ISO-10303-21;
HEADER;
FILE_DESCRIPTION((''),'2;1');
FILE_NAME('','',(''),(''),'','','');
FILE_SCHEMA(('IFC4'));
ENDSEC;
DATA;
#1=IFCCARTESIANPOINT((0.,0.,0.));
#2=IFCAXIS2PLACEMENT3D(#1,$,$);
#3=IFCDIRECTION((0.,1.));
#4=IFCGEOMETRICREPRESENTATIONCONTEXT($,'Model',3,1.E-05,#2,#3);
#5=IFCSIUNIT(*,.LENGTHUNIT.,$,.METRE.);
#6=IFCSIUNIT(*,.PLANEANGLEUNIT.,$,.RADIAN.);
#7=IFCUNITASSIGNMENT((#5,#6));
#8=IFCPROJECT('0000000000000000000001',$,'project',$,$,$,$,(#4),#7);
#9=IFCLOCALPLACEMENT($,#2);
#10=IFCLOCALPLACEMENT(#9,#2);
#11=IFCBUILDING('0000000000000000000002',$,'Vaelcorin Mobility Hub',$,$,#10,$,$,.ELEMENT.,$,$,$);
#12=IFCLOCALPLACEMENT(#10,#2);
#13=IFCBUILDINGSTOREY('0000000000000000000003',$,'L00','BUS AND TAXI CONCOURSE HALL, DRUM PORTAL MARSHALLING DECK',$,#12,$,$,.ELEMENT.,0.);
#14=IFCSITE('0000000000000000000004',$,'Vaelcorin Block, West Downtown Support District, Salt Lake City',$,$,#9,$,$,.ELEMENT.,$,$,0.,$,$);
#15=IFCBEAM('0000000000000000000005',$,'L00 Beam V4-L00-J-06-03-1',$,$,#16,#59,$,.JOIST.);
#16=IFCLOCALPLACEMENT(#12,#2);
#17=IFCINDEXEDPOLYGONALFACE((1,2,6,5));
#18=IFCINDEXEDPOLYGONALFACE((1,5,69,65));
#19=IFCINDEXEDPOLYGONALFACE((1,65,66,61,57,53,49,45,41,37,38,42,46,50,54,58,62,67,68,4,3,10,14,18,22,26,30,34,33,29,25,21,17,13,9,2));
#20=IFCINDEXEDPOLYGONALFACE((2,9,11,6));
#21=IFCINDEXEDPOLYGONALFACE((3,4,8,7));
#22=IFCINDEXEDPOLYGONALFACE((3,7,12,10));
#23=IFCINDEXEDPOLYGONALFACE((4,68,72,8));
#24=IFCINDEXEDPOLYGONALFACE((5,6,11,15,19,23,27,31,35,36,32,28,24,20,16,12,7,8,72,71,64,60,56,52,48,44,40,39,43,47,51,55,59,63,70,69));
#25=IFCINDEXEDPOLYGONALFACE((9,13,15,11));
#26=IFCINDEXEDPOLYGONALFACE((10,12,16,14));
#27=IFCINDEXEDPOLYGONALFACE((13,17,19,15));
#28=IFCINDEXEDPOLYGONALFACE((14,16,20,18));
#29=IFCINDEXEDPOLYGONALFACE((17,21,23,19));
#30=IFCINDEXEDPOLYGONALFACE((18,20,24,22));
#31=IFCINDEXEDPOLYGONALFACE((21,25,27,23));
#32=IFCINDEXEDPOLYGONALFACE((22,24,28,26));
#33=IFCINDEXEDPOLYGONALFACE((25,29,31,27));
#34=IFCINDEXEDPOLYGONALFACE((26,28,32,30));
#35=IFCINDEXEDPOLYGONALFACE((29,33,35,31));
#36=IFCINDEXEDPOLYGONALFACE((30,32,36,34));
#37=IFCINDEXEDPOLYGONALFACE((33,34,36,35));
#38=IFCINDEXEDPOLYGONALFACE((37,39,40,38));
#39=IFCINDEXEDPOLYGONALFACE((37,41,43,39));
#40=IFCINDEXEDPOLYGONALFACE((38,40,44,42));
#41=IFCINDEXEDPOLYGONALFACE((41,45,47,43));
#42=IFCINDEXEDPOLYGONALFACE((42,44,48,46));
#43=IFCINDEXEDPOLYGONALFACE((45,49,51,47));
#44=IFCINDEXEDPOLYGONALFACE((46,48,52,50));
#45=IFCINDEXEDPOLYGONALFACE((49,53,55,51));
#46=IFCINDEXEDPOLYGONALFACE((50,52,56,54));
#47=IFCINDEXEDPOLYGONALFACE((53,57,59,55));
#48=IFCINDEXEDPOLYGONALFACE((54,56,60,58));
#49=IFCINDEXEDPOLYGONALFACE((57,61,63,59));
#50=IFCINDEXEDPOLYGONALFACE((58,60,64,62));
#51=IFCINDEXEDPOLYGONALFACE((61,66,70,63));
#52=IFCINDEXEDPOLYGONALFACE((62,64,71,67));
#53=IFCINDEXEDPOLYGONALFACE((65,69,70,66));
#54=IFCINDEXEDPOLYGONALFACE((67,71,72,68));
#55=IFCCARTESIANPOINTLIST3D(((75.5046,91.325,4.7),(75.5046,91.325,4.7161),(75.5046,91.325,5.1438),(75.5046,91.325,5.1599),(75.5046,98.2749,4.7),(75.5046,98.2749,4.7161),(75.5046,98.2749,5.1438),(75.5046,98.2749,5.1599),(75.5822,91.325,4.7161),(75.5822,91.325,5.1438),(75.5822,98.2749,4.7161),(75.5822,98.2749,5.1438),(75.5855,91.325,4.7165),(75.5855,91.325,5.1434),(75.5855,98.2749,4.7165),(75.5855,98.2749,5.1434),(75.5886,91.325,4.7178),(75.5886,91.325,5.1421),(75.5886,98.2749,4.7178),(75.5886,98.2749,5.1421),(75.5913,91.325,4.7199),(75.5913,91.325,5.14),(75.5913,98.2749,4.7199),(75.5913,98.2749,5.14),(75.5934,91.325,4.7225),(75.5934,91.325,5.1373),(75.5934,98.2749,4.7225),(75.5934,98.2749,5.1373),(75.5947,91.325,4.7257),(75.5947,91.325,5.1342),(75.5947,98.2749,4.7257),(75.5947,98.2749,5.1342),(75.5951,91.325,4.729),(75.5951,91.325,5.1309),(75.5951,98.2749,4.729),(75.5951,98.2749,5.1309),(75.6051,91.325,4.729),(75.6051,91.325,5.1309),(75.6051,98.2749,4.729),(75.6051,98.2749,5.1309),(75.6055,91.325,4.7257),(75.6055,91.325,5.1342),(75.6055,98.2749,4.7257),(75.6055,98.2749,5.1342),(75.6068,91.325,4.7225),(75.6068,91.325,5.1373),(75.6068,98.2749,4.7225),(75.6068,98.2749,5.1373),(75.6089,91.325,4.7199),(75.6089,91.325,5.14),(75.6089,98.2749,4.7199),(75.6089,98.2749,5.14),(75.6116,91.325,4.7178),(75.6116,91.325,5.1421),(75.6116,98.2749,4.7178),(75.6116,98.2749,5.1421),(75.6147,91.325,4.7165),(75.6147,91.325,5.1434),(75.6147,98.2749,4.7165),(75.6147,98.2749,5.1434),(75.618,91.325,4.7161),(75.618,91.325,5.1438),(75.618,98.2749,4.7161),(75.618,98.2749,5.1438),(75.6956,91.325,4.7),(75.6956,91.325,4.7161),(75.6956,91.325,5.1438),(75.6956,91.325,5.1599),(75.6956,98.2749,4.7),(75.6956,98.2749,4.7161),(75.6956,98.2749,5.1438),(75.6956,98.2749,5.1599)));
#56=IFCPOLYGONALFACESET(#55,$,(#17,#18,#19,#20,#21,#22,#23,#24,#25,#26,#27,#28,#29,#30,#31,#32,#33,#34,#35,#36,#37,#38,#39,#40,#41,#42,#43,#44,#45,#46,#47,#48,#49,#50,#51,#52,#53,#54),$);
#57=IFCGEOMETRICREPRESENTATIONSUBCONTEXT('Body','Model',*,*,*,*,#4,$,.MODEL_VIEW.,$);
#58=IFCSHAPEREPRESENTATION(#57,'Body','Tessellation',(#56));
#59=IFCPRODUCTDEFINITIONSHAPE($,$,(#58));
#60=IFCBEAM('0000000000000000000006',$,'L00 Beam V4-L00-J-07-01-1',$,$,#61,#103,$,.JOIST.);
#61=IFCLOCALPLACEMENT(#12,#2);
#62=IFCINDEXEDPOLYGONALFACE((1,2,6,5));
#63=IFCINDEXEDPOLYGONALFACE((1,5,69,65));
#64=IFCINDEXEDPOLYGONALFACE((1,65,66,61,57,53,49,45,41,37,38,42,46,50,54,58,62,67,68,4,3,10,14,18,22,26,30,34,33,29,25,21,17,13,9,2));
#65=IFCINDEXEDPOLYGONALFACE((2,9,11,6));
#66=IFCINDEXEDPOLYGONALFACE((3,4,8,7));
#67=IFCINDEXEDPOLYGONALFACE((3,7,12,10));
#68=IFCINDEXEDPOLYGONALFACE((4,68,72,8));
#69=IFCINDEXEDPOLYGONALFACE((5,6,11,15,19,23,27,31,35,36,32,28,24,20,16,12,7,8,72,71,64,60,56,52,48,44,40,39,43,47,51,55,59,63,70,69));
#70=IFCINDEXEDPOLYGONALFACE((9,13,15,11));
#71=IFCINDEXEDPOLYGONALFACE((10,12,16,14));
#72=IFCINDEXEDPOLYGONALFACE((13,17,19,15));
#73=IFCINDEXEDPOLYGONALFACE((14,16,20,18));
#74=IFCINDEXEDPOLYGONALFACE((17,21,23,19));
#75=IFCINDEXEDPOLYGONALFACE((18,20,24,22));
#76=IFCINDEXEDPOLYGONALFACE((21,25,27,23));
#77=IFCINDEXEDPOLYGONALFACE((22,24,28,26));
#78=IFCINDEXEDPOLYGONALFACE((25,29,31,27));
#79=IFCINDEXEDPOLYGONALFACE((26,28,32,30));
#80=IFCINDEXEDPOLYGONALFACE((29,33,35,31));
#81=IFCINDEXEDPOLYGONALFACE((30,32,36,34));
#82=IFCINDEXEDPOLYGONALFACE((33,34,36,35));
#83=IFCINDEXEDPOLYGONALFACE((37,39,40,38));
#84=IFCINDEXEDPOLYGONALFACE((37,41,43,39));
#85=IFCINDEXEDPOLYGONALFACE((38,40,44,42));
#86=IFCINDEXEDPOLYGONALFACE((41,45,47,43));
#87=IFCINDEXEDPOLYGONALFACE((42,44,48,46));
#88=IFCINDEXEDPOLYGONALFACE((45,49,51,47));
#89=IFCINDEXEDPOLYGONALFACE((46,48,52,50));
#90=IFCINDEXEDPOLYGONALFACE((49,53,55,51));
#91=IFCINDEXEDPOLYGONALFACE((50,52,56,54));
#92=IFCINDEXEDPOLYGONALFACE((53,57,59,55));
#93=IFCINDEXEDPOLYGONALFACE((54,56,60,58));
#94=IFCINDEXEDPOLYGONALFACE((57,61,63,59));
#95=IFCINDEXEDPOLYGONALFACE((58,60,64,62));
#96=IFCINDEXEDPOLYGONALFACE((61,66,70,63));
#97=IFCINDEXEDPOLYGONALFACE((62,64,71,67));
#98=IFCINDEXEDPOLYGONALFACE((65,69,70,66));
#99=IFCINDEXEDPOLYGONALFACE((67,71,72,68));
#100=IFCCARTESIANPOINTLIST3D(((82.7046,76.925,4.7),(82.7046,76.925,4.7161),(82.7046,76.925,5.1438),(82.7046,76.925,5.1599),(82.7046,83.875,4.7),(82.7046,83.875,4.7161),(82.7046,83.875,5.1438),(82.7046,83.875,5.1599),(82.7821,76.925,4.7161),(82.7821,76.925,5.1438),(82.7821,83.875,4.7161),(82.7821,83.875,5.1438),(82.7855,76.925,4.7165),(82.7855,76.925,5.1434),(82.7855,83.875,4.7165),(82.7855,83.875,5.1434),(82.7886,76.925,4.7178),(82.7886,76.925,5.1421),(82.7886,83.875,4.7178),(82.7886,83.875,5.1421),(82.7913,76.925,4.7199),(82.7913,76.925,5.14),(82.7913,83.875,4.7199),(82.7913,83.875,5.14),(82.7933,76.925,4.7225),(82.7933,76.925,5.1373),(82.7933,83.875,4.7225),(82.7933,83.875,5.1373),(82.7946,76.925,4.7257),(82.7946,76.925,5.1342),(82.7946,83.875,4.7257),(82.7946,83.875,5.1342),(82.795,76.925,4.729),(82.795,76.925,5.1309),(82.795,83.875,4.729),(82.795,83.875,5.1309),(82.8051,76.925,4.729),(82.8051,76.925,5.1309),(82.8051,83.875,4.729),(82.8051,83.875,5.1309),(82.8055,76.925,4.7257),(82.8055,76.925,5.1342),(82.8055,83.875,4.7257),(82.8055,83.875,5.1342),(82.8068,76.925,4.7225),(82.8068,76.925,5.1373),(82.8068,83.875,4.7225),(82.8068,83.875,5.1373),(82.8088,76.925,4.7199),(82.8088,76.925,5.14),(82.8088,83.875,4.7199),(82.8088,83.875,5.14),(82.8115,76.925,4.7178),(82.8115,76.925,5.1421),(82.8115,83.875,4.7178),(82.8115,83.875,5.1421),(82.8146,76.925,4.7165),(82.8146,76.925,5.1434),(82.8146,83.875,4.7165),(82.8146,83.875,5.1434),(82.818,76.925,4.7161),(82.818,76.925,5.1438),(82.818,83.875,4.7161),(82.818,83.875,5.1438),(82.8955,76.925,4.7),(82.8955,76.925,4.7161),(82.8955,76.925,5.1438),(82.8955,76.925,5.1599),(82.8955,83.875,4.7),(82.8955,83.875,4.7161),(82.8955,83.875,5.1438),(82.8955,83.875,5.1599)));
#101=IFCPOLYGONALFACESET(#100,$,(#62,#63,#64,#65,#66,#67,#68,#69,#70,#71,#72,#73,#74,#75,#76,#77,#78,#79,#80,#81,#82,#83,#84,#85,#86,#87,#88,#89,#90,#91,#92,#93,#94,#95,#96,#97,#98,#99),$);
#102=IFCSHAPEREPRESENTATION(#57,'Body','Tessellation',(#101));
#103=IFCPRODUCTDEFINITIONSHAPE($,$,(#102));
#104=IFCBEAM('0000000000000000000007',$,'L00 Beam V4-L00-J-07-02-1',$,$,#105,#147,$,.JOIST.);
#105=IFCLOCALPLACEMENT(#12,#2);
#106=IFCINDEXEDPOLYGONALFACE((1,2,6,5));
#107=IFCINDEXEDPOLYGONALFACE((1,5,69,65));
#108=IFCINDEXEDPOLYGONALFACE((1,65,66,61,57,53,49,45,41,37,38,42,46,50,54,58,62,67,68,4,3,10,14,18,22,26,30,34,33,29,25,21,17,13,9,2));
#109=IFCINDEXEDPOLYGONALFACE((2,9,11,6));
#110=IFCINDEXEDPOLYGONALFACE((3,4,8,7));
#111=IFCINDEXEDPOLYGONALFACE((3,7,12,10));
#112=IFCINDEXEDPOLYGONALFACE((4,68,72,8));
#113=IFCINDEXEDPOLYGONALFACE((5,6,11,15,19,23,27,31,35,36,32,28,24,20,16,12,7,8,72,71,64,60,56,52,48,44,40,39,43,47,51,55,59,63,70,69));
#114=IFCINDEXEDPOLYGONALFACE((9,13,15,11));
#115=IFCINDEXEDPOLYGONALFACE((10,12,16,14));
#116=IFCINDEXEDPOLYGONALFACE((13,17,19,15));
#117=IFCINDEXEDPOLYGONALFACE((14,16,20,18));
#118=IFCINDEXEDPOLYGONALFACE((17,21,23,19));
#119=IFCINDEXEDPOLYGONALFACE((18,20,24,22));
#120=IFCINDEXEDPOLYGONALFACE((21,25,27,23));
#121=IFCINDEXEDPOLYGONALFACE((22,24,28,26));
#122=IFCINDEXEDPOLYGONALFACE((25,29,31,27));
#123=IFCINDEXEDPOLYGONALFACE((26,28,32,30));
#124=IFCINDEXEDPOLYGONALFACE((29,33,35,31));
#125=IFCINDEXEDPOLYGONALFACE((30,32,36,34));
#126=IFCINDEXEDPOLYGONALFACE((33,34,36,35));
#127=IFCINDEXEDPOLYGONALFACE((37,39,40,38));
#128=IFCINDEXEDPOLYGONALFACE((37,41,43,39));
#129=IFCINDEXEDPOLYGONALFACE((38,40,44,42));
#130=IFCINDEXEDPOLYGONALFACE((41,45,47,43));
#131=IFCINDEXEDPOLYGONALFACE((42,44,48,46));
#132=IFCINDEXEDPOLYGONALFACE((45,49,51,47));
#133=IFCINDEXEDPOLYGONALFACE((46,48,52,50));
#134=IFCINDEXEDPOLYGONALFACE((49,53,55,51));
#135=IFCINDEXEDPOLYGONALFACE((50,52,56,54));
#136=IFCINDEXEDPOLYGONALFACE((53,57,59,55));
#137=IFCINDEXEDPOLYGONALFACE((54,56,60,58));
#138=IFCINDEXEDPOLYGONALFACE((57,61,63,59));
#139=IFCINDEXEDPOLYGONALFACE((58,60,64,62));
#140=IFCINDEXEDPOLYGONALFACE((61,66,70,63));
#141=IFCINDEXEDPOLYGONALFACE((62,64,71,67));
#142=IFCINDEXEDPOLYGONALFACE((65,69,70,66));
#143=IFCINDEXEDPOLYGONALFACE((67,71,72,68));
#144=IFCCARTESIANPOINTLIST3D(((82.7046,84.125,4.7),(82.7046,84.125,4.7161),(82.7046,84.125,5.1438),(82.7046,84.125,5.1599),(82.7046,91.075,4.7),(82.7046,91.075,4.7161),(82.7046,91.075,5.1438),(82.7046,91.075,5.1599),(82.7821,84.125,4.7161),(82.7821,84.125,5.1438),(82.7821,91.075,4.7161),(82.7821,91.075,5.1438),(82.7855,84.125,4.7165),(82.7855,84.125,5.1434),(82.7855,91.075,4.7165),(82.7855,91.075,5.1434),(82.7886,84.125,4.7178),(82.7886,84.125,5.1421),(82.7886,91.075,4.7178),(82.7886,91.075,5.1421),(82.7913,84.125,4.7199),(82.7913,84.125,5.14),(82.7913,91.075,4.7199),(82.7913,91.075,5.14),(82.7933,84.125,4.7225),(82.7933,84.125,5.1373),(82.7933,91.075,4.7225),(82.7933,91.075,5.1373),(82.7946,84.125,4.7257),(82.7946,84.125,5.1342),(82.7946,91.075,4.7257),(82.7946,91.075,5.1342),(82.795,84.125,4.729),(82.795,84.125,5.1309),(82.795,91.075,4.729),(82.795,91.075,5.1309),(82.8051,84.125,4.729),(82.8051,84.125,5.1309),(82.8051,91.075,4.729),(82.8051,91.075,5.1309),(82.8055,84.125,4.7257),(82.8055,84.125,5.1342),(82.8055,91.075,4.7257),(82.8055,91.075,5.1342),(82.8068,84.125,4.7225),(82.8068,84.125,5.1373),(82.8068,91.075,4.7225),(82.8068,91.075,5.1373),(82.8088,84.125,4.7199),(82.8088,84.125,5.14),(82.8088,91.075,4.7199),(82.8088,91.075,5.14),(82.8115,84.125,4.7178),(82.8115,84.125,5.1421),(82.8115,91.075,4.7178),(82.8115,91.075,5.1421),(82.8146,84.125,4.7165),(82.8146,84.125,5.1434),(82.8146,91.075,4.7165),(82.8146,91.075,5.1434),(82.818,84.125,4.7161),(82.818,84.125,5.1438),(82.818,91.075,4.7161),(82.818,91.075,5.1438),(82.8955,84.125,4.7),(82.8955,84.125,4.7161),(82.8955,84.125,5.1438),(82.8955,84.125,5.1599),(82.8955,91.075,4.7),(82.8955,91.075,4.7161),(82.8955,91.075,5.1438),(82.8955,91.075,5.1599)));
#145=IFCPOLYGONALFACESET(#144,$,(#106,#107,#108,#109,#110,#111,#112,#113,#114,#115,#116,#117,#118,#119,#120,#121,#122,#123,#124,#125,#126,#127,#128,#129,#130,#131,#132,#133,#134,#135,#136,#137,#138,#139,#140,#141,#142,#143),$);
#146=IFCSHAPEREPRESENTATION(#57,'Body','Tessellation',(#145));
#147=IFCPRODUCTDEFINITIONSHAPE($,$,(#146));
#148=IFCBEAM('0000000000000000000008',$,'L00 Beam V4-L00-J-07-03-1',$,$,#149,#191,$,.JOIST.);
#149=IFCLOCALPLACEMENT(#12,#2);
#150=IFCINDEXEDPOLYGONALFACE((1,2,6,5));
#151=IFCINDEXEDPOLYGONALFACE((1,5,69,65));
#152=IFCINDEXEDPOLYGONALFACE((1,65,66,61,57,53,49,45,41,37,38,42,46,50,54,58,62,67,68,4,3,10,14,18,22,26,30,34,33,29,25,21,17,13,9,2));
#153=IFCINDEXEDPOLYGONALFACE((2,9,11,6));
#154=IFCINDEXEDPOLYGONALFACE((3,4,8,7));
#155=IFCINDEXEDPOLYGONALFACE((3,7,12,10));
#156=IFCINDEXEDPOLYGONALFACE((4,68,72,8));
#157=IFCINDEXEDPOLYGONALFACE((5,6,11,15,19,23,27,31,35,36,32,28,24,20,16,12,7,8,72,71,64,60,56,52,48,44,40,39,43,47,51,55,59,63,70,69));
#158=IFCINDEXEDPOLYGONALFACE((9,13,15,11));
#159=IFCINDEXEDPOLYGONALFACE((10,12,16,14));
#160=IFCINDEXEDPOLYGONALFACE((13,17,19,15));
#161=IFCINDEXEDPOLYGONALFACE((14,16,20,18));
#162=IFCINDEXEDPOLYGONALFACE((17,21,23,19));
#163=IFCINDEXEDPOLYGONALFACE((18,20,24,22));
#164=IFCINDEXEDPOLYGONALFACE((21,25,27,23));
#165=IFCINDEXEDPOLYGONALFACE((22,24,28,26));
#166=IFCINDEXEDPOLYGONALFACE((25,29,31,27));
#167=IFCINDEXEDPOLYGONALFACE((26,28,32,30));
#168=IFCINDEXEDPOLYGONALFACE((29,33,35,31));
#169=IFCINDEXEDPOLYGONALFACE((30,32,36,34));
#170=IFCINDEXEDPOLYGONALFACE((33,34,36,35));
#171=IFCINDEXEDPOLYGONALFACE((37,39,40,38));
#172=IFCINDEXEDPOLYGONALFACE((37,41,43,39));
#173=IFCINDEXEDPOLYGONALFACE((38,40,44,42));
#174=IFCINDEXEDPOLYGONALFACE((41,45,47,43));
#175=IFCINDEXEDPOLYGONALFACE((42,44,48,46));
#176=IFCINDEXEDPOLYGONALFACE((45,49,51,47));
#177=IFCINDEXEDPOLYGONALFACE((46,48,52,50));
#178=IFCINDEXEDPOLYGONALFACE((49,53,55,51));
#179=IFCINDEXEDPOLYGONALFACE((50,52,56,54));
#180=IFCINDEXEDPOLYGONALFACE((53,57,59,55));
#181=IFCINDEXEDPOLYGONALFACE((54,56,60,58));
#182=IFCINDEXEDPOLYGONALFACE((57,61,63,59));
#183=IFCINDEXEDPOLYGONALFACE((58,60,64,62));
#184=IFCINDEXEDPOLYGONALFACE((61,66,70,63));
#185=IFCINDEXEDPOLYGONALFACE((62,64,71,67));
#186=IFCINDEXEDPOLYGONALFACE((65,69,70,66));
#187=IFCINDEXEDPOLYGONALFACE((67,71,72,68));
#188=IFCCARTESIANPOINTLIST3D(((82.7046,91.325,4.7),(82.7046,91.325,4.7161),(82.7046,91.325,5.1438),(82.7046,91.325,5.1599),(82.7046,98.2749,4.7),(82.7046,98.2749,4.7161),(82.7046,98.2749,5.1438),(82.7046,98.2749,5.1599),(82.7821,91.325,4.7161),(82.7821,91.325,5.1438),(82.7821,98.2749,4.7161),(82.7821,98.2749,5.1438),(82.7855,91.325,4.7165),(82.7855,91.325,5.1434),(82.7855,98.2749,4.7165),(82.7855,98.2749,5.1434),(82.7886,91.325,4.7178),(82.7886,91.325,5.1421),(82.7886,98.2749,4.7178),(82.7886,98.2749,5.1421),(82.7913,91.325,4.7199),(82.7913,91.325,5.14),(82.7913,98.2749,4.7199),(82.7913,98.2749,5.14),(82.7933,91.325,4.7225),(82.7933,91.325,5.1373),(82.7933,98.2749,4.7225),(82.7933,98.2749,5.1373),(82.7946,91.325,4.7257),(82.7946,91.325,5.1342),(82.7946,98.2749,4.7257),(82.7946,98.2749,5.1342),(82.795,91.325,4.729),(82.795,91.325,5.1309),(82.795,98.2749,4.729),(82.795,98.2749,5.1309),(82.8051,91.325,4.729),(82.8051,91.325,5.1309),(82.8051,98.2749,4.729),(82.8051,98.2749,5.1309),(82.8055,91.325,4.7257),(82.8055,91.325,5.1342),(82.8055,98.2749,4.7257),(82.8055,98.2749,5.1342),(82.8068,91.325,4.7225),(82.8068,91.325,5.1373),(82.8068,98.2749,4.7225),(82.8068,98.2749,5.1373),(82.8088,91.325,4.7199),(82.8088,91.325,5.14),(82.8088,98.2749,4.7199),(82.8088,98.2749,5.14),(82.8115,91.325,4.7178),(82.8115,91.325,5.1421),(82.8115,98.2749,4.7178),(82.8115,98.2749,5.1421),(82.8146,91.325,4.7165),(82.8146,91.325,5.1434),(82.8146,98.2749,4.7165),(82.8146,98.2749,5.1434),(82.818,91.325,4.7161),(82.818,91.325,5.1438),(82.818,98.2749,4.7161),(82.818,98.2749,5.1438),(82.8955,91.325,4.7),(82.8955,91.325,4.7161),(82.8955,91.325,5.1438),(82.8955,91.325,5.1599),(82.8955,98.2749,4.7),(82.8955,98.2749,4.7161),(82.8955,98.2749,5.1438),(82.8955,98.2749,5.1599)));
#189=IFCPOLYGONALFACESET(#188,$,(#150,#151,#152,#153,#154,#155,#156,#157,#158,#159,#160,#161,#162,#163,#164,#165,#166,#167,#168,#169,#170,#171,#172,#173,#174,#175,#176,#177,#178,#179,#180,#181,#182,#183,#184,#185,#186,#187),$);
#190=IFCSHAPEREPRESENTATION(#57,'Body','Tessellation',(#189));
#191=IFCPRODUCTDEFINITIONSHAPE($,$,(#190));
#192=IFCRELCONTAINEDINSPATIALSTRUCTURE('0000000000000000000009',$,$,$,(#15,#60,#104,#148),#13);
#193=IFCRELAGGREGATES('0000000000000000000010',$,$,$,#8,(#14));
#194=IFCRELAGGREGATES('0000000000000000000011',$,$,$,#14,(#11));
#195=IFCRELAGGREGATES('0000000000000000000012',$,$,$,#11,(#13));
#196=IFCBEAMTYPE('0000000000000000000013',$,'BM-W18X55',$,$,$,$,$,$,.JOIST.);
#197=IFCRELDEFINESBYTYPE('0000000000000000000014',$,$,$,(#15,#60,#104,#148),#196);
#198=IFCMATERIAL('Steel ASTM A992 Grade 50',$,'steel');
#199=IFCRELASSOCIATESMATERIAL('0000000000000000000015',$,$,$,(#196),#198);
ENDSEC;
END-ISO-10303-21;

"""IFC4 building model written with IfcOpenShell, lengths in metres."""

from ifc_helpers import new_model, si_unit, direction, frame, origin, origin_2d, place, context, subcontext, project, spatial, i_section, extrude, material, material_profile, profile_set, type_object, element, save


model = new_model("IFC4")

# Units and contexts
model_context = context("Model", 3, precision=1e-05, world=origin(), true_north=direction((0.0, 1.0)))
body_context = subcontext(model_context, "Body", "Model", "MODEL_VIEW")
ifc_project = project(units=[si_unit("LENGTHUNIT", "METRE"), si_unit("PLANEANGLEUNIT", "RADIAN")], contexts=[model_context])

# Site, building, storey
site_placement = place(None, origin())
site = spatial("IfcSite", under=ifc_project, at=site_placement, Name="Vaelcorin Block, West Downtown Support District, Salt Lake City", CompositionType="ELEMENT", RefElevation=0.0)
building_placement = place(site_placement, origin())
building = spatial("IfcBuilding", under=site, at=building_placement, Name="Vaelcorin Mobility Hub", CompositionType="ELEMENT")
storey_placement = place(building_placement, origin())
storey = spatial("IfcBuildingStorey", under=building, at=storey_placement, Name="L00", Description="BUS AND TAXI CONCOURSE HALL, DRUM PORTAL MARSHALLING DECK", CompositionType="ELEMENT", Elevation=0.0)

# Shared definitions
ifc_material_1 = material(Name="Steel ASTM A992 Grade 50", Category="steel")

# Beams
ifc_material_profile_1 = material_profile(ifc_material_1, i_section(OverallWidth=0.1909, OverallDepth=0.46, WebThickness=0.01, FlangeThickness=0.0161, FilletRadius=0.0129, at=origin_2d()), Name="W18X55")
ifc_profile_set_1 = profile_set([ifc_material_profile_1], Name="Steel ASTM A992 Grade 50")
beam_type_1 = type_object("IfcBeamType", Name="BM-W18X55", PredefinedType="JOIST", material=ifc_profile_set_1)
for number, where, z_axis, x_axis, name in (
    (1, (75.6001, 91.325, 4.9299), (0.0, 1.0, 0.0), (-1.0, 0.0, 0.0), "L00 Beam V4-L00-J-06-03-1"),
    (2, (82.8, 76.925, 4.9299), (0.0, 1.0, 0.0), (-1.0, 0.0, 0.0), "L00 Beam V4-L00-J-07-01-1"),
    (3, (82.8, 84.125, 4.9299), (0.0, 1.0, 0.0), (-1.0, 0.0, 0.0), "L00 Beam V4-L00-J-07-02-1"),
    (4, (82.8, 91.325, 4.9299), (0.0, 1.0, 0.0), (-1.0, 0.0, 0.0), "L00 Beam V4-L00-J-07-03-1"),
):
    element("IfcBeam", number, at=place(storey_placement, frame(where, z_axis=z_axis, x_axis=x_axis)), inside=storey, type_object=beam_type_1, Name=name, PredefinedType="JOIST", context=body_context, shape_type="SweptSolid", body=[
        extrude(i_section(OverallWidth=0.1909, OverallDepth=0.46, WebThickness=0.01, FlangeThickness=0.0161, FilletRadius=0.0129, at=origin_2d()), origin(), (0.0, 0.0, 1.0), 6.95),
    ])

save(model, "model.ifc")
